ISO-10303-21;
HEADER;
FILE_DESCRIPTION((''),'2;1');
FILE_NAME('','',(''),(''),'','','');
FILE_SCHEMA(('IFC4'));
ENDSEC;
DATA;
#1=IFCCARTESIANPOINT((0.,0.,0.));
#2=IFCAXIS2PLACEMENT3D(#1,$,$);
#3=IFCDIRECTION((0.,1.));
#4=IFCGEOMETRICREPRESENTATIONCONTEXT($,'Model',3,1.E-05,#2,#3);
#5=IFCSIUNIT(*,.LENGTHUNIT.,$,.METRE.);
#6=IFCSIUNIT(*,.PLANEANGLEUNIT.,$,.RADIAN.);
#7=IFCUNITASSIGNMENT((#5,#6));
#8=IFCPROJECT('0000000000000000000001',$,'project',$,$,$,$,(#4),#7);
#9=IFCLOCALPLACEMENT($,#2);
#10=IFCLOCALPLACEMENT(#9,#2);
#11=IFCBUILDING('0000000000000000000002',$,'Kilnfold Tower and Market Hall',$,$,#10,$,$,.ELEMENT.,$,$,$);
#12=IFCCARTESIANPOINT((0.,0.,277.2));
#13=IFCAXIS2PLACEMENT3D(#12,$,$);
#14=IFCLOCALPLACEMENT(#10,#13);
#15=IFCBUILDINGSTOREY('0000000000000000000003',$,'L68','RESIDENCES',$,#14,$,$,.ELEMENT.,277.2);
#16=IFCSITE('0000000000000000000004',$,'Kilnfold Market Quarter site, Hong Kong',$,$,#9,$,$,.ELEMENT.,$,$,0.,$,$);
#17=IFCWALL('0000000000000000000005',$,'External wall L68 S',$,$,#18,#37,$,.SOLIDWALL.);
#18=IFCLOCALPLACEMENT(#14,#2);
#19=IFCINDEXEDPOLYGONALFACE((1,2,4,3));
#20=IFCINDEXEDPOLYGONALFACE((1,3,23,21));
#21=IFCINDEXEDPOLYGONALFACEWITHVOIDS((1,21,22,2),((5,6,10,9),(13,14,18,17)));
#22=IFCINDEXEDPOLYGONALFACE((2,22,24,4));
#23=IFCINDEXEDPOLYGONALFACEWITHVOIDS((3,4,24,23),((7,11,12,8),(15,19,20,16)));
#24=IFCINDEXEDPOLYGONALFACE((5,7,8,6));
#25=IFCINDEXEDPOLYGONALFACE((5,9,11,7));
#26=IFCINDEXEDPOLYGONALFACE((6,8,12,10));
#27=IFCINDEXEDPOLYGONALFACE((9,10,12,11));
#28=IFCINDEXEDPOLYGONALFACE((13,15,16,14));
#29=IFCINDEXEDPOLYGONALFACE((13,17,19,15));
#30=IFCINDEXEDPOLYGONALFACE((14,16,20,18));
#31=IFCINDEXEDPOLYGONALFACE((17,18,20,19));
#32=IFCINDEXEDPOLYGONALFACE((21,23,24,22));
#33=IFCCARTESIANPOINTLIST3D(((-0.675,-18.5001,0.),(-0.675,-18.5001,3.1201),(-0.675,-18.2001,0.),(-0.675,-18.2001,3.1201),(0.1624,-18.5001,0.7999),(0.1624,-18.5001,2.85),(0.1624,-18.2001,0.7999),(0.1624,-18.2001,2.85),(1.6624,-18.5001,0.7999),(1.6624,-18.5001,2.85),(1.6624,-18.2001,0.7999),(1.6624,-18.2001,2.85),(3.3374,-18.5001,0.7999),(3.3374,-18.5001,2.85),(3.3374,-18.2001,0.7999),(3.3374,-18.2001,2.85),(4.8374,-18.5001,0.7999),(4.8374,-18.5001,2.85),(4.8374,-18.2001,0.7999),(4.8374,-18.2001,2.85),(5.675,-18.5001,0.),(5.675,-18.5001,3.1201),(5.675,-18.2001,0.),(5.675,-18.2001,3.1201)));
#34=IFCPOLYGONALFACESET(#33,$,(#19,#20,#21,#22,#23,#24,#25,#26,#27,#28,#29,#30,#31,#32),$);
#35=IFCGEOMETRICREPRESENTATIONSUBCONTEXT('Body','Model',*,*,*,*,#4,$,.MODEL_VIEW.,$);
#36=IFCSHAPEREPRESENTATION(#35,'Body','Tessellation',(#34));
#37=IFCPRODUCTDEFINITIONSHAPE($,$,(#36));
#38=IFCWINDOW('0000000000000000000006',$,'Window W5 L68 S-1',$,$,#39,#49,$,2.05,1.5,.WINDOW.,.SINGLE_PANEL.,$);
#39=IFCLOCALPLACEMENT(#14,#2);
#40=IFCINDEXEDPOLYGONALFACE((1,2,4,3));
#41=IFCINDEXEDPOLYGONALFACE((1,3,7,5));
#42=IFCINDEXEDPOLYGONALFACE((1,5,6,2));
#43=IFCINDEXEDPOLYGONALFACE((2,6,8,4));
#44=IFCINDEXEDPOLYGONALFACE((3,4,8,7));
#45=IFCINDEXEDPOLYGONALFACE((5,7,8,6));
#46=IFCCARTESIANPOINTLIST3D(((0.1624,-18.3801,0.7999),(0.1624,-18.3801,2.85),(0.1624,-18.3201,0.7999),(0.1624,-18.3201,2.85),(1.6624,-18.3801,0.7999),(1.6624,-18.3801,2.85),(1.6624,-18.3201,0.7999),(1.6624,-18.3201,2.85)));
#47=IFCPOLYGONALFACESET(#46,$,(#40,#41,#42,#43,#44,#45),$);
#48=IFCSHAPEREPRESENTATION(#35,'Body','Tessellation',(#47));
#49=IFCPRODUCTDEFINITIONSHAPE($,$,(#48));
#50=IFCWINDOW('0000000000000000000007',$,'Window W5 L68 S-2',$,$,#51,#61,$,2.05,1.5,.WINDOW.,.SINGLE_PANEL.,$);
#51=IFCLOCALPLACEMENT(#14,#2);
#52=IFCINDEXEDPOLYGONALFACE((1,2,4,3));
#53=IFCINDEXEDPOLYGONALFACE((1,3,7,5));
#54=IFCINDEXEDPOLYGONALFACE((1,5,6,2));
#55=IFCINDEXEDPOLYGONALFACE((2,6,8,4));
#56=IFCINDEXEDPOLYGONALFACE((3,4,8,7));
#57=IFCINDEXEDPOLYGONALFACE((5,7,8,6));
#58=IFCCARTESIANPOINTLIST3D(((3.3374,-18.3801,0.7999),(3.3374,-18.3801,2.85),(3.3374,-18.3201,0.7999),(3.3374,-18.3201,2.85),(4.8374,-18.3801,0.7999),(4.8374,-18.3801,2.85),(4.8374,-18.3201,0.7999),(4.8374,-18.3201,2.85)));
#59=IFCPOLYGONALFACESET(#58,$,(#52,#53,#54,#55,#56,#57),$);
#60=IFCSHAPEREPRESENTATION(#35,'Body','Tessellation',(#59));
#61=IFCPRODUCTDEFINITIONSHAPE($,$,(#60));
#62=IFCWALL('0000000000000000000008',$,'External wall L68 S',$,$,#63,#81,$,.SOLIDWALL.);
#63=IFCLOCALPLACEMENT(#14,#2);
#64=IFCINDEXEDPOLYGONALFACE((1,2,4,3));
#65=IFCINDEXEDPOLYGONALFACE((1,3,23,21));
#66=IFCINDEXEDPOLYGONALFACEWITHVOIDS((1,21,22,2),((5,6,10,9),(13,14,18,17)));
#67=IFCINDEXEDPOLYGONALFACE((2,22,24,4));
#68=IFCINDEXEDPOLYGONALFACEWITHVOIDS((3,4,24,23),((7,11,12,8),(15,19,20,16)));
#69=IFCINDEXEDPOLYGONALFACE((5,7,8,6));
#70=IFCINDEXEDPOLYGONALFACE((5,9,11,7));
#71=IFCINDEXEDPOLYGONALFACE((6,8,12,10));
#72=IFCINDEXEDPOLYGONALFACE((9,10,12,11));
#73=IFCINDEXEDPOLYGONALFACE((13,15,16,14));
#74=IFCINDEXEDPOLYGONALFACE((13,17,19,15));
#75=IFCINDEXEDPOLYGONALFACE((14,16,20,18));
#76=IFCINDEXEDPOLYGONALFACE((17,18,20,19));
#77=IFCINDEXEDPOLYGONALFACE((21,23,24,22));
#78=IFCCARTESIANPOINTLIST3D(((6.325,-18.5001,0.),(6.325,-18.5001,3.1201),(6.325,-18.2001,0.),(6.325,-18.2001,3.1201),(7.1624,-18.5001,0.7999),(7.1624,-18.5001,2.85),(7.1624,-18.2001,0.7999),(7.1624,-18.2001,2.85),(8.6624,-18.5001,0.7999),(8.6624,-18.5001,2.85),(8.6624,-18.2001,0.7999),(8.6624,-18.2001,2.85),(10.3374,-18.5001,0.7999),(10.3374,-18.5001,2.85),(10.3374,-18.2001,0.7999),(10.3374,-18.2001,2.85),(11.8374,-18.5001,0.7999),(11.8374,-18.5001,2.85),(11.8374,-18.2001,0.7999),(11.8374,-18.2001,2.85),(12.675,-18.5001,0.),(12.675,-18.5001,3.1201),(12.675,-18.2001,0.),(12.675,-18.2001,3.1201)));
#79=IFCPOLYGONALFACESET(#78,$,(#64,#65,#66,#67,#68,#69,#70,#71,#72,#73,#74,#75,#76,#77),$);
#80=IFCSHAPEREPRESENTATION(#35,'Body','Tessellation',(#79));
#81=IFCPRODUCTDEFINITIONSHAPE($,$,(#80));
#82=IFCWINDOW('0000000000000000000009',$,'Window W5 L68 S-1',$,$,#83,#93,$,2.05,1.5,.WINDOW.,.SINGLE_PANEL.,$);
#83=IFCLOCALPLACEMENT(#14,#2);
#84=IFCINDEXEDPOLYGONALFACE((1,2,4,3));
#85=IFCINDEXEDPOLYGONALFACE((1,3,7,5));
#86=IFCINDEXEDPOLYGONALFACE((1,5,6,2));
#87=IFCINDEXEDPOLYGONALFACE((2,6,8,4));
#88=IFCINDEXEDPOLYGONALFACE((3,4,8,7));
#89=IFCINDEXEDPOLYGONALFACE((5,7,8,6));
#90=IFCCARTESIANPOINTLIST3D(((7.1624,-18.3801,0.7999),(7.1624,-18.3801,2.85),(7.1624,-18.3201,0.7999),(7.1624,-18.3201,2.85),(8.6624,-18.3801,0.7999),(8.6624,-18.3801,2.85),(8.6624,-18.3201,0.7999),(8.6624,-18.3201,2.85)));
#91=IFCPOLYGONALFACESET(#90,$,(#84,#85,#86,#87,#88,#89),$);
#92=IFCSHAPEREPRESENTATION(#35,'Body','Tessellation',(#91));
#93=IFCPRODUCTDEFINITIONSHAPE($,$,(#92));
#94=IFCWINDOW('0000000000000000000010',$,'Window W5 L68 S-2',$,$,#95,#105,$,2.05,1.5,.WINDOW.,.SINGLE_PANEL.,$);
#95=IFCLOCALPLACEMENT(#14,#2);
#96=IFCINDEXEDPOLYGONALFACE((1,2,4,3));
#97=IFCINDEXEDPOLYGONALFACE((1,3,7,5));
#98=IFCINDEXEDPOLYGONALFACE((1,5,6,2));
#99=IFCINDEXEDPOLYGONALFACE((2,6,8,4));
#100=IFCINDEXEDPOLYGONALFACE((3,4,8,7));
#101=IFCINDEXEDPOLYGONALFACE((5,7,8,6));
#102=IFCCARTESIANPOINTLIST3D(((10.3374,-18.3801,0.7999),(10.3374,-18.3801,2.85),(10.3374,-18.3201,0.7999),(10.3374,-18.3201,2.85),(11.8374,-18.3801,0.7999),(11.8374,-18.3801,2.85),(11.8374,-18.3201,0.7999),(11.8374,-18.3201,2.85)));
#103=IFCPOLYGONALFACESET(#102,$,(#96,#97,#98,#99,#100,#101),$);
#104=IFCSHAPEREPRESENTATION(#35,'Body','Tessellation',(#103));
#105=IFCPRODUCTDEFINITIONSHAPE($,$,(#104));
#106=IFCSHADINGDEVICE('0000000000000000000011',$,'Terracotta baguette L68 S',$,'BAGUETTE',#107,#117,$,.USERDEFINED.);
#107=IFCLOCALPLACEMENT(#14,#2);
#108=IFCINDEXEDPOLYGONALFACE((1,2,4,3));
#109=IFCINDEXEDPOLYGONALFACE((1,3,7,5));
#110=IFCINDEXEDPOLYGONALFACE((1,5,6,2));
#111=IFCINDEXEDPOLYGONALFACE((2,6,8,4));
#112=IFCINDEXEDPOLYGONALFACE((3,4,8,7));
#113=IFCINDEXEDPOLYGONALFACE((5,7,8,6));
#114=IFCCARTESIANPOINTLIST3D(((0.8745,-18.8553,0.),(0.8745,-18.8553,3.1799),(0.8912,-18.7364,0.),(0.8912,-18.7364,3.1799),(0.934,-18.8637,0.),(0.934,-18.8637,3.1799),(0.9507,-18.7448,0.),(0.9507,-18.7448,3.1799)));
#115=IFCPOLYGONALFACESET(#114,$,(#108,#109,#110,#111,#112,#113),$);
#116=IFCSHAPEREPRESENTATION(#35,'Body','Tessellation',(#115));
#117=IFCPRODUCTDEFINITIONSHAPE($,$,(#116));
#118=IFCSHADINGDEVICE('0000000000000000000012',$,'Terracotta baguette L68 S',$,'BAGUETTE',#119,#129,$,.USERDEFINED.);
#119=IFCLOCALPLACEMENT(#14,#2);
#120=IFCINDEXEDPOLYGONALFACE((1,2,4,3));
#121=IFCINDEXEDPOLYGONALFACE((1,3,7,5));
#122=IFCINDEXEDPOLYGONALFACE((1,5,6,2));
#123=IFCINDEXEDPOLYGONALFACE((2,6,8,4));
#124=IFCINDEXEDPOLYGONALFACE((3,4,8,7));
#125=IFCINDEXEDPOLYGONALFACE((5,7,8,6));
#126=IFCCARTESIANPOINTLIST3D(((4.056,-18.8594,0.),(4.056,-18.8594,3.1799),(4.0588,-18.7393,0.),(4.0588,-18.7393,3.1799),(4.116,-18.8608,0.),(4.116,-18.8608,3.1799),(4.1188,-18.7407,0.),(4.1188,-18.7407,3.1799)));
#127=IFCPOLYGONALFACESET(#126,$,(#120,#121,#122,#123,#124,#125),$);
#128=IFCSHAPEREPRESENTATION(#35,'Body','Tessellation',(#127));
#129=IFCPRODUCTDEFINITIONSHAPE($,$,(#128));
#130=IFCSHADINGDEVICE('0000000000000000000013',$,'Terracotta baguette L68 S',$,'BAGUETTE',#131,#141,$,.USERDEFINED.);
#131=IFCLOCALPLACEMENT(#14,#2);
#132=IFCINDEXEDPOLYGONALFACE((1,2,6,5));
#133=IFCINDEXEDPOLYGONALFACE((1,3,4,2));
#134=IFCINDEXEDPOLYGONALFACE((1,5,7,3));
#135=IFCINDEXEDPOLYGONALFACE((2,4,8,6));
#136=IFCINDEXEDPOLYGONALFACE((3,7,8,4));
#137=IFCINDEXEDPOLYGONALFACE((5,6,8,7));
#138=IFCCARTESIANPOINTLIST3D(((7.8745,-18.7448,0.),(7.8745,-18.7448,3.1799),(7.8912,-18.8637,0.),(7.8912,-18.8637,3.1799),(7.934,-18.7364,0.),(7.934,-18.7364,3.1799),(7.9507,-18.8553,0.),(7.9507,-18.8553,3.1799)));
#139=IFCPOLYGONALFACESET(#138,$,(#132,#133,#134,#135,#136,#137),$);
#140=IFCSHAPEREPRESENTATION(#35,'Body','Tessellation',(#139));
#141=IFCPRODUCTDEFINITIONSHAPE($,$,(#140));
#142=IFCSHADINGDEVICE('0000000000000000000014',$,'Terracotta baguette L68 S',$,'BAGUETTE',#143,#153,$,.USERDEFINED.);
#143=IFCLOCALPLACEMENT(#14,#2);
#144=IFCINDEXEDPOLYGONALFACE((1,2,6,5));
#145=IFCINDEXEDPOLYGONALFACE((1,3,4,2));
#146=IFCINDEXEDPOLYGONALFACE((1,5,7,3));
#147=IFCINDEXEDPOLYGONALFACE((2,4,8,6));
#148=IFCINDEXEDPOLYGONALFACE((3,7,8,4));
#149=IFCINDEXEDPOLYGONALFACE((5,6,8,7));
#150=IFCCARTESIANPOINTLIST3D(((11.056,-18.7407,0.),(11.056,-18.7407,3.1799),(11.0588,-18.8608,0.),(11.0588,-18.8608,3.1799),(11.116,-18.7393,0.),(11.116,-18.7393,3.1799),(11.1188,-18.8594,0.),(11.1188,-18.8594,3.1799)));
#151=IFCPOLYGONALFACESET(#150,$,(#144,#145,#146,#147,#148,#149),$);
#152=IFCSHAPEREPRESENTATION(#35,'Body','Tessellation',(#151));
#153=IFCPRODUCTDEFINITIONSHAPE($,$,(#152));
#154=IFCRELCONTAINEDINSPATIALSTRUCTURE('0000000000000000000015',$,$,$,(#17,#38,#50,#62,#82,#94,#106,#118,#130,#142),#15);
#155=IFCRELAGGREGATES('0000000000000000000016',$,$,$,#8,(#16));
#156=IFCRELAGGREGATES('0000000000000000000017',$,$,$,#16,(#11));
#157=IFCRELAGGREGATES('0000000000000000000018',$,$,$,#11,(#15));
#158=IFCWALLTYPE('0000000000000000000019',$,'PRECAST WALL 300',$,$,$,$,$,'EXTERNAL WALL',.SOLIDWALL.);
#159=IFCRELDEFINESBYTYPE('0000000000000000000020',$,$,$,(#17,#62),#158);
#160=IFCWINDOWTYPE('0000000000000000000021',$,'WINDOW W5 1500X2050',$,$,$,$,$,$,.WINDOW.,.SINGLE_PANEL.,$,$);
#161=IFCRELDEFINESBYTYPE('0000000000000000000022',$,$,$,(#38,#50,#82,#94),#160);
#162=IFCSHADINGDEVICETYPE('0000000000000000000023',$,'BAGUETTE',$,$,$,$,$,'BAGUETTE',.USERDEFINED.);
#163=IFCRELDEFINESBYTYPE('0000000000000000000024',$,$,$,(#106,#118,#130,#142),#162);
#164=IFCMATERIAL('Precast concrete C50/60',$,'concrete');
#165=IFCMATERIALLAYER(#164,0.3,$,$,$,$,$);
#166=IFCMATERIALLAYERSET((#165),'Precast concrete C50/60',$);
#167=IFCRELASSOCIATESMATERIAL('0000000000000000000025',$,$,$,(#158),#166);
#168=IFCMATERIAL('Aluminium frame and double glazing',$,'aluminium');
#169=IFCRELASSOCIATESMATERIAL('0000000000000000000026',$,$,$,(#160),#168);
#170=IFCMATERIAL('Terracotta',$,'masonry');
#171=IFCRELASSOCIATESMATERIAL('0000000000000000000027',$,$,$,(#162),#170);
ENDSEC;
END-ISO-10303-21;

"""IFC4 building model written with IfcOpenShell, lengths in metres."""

from ifc_helpers import new_model, si_unit, direction, frame, frame_2d, origin, origin_2d, place, context, subcontext, project, spatial, rectangle, extrude, source, transform, mapped, material, layer, layer_set, material_profile, profile_set, type_object, element, fill, save


model = new_model("IFC4")

# Units and contexts
model_context = context("Model", 3, precision=1e-05, world=origin(), true_north=direction((0.0, 1.0)))
body_context = subcontext(model_context, "Body", "Model", "MODEL_VIEW")
ifc_project = project(units=[si_unit("LENGTHUNIT", "METRE"), si_unit("PLANEANGLEUNIT", "RADIAN")], contexts=[model_context])

# Site, building, storey
site_placement = place(None, origin())
site = spatial("IfcSite", under=ifc_project, at=site_placement, Name="Kilnfold Market Quarter site, Hong Kong", CompositionType="ELEMENT", RefElevation=0.0)
building_placement = place(site_placement, origin())
building = spatial("IfcBuilding", under=site, at=building_placement, Name="Kilnfold Tower and Market Hall", CompositionType="ELEMENT")
storey_placement = place(building_placement, frame((0.0, 0.0, 277.2)))
storey = spatial("IfcBuildingStorey", under=building, at=storey_placement, Name="L68", Description="RESIDENCES", CompositionType="ELEMENT", Elevation=277.2)

# Walls, openings, windows
ifc_material_1 = material(Name="Precast concrete C50/60", Category="concrete")
ifc_layer_1 = layer(ifc_material_1, 0.3)
ifc_layer_set_1 = layer_set([ifc_layer_1], Name="Precast concrete C50/60")
wall_type_1 = type_object("IfcWallType", Name="PRECAST WALL 300", ElementType="EXTERNAL WALL", PredefinedType="SOLIDWALL", material=ifc_layer_set_1)
shared_shape_1 = source(origin(), body_context, "Body", "SweptSolid", [
    extrude(rectangle(XDim=6.3501, YDim=0.3, at=frame_2d((3.175, 0.0))), origin(), (0.0, 0.0, 1.0), 3.1201),
])
wall_1_placement = place(storey_placement, frame((-0.675, -18.3501, 0.0), z_axis=(0.0, 0.0, 1.0), x_axis=(1.0, 0.0, 0.0)))
wall_1 = element("IfcWall", 1, at=wall_1_placement, inside=storey, type_object=wall_type_1, Name="External wall L68 S", PredefinedType="SOLIDWALL", context=body_context, shape_type="MappedRepresentation", body=[
    mapped(shared_shape_1, transform((0.0, 0.0, 0.0))),
])
opening_1_placement = place(wall_1_placement, frame((0.8374, 0.0, 0.8)))
opening_1 = element("IfcOpeningElement", 2, at=opening_1_placement, cuts=wall_1, PredefinedType="OPENING", context=body_context, shape_type="SweptSolid", body=[
    extrude(rectangle(XDim=1.5, YDim=2.05, at=frame_2d((0.75, 1.0249))), frame((0.0, 0.1602, 0.0), z_axis=(0.0, -1.0, 0.0), x_axis=(1.0, 0.0, 0.0)), (0.0, 0.0, 1.0), 0.3201),
])
opening_2_placement = place(wall_1_placement, frame((4.0125, 0.0, 0.8)))
opening_2 = element("IfcOpeningElement", 3, at=opening_2_placement, cuts=wall_1, PredefinedType="OPENING", context=body_context, shape_type="SweptSolid", body=[
    extrude(rectangle(XDim=1.5, YDim=2.05, at=frame_2d((0.75, 1.0249))), frame((0.0, 0.1602, 0.0), z_axis=(0.0, -1.0, 0.0), x_axis=(1.0, 0.0, 0.0)), (0.0, 0.0, 1.0), 0.3201),
])
ifc_material_2 = material(Name="Aluminium frame and double glazing", Category="aluminium")
window_type = type_object("IfcWindowType", Name="WINDOW W5 1500X2050", PartitioningType="SINGLE_PANEL", PredefinedType="WINDOW", material=ifc_material_2)
window_1_placement = place(opening_1_placement, origin())
window_1 = element("IfcWindow", 4, at=window_1_placement, inside=storey, type_object=window_type, Name="Window W5 L68 S-1", OverallHeight=2.05, OverallWidth=1.5, PartitioningType="SINGLE_PANEL", PredefinedType="WINDOW", context=body_context, shape_type="SweptSolid", body=[
    extrude(rectangle(XDim=1.5, YDim=2.05, at=frame_2d((0.75, 1.0249))), frame((0.0, 0.03, 0.0), z_axis=(0.0, -1.0, 0.0), x_axis=(1.0, 0.0, 0.0)), (0.0, 0.0, 1.0), 0.0601),
])
fill(opening_1, window_1)
window_2_placement = place(opening_2_placement, origin())
window_2 = element("IfcWindow", 5, at=window_2_placement, inside=storey, type_object=window_type, Name="Window W5 L68 S-2", OverallHeight=2.05, OverallWidth=1.5, PartitioningType="SINGLE_PANEL", PredefinedType="WINDOW", context=body_context, shape_type="SweptSolid", body=[
    extrude(rectangle(XDim=1.5, YDim=2.05, at=frame_2d((0.75, 1.0249))), frame((0.0, 0.03, 0.0), z_axis=(0.0, -1.0, 0.0), x_axis=(1.0, 0.0, 0.0)), (0.0, 0.0, 1.0), 0.0601),
])
fill(opening_2, window_2)
wall_2_placement = place(storey_placement, frame((6.325, -18.3501, 0.0), z_axis=(0.0, 0.0, 1.0), x_axis=(1.0, 0.0, 0.0)))
wall_2 = element("IfcWall", 6, at=wall_2_placement, inside=storey, type_object=wall_type_1, Name="External wall L68 S", PredefinedType="SOLIDWALL", context=body_context, shape_type="MappedRepresentation", body=[
    mapped(shared_shape_1, transform((0.0, 0.0, 0.0))),
])
opening_3_placement = place(wall_2_placement, frame((0.8374, 0.0, 0.8)))
opening_3 = element("IfcOpeningElement", 7, at=opening_3_placement, cuts=wall_2, PredefinedType="OPENING", context=body_context, shape_type="SweptSolid", body=[
    extrude(rectangle(XDim=1.5, YDim=2.05, at=frame_2d((0.75, 1.0249))), frame((0.0, 0.1602, 0.0), z_axis=(0.0, -1.0, 0.0), x_axis=(1.0, 0.0, 0.0)), (0.0, 0.0, 1.0), 0.3201),
])
opening_4_placement = place(wall_2_placement, frame((4.0125, 0.0, 0.8)))
opening_4 = element("IfcOpeningElement", 8, at=opening_4_placement, cuts=wall_2, PredefinedType="OPENING", context=body_context, shape_type="SweptSolid", body=[
    extrude(rectangle(XDim=1.5, YDim=2.05, at=frame_2d((0.75, 1.0249))), frame((0.0, 0.1602, 0.0), z_axis=(0.0, -1.0, 0.0), x_axis=(1.0, 0.0, 0.0)), (0.0, 0.0, 1.0), 0.3201),
])
window_3_placement = place(opening_3_placement, origin())
window_3 = element("IfcWindow", 9, at=window_3_placement, inside=storey, type_object=window_type, Name="Window W5 L68 S-1", OverallHeight=2.05, OverallWidth=1.5, PartitioningType="SINGLE_PANEL", PredefinedType="WINDOW", context=body_context, shape_type="SweptSolid", body=[
    extrude(rectangle(XDim=1.5, YDim=2.05, at=frame_2d((0.75, 1.0249))), frame((0.0, 0.03, 0.0), z_axis=(0.0, -1.0, 0.0), x_axis=(1.0, 0.0, 0.0)), (0.0, 0.0, 1.0), 0.0601),
])
fill(opening_3, window_3)
window_4_placement = place(opening_4_placement, origin())
window_4 = element("IfcWindow", 10, at=window_4_placement, inside=storey, type_object=window_type, Name="Window W5 L68 S-2", OverallHeight=2.05, OverallWidth=1.5, PartitioningType="SINGLE_PANEL", PredefinedType="WINDOW", context=body_context, shape_type="SweptSolid", body=[
    extrude(rectangle(XDim=1.5, YDim=2.05, at=frame_2d((0.75, 1.0249))), frame((0.0, 0.03, 0.0), z_axis=(0.0, -1.0, 0.0), x_axis=(1.0, 0.0, 0.0)), (0.0, 0.0, 1.0), 0.0601),
])
fill(opening_4, window_4)

# Shading devices
ifc_material_3 = material(Name="Terracotta", Category="masonry")
ifc_material_profile_1 = material_profile(ifc_material_3, rectangle(XDim=0.0601, YDim=0.1201, at=origin_2d()), Name="BAG 60x120")
ifc_profile_set_1 = profile_set([ifc_material_profile_1], Name="Terracotta")
shading_device_type = type_object("IfcShadingDeviceType", Name="BAGUETTE", ElementType="BAGUETTE", PredefinedType="USERDEFINED", material=ifc_profile_set_1)
shared_shape_2 = source(origin(), body_context, "Body", "SweptSolid", [
    extrude(rectangle(XDim=0.0601, YDim=0.1201, at=origin_2d()), origin(), (0.0, 0.0, 1.0), 3.1799),
])
for number, where, z_axis, x_axis, name in (
    (11, (0.9126, -18.8, 0.0), (0.0, 0.0, 1.0), (0.990272, -0.139142, 0.0), "Terracotta baguette L68 S"),
    (12, (4.0874, -18.8, 0.0), (0.0, 0.0, 1.0), (0.99973, -0.023232, 0.0), "Terracotta baguette L68 S"),
    (13, (7.9126, -18.8, 0.0), (0.0, 0.0, 1.0), (0.990272, 0.139142, 0.0), "Terracotta baguette L68 S"),
    (14, (11.0874, -18.8, 0.0), (0.0, 0.0, 1.0), (0.99973, 0.023232, 0.0), "Terracotta baguette L68 S"),
):
    element("IfcShadingDevice", number, at=place(storey_placement, frame(where, z_axis=z_axis, x_axis=x_axis)), inside=storey, type_object=shading_device_type, Name=name, ObjectType="BAGUETTE", PredefinedType="USERDEFINED", context=body_context, shape_type="MappedRepresentation", body=[
        mapped(shared_shape_2, transform((0.0, 0.0, 0.0))),
    ])

save(model, "model.ifc")
